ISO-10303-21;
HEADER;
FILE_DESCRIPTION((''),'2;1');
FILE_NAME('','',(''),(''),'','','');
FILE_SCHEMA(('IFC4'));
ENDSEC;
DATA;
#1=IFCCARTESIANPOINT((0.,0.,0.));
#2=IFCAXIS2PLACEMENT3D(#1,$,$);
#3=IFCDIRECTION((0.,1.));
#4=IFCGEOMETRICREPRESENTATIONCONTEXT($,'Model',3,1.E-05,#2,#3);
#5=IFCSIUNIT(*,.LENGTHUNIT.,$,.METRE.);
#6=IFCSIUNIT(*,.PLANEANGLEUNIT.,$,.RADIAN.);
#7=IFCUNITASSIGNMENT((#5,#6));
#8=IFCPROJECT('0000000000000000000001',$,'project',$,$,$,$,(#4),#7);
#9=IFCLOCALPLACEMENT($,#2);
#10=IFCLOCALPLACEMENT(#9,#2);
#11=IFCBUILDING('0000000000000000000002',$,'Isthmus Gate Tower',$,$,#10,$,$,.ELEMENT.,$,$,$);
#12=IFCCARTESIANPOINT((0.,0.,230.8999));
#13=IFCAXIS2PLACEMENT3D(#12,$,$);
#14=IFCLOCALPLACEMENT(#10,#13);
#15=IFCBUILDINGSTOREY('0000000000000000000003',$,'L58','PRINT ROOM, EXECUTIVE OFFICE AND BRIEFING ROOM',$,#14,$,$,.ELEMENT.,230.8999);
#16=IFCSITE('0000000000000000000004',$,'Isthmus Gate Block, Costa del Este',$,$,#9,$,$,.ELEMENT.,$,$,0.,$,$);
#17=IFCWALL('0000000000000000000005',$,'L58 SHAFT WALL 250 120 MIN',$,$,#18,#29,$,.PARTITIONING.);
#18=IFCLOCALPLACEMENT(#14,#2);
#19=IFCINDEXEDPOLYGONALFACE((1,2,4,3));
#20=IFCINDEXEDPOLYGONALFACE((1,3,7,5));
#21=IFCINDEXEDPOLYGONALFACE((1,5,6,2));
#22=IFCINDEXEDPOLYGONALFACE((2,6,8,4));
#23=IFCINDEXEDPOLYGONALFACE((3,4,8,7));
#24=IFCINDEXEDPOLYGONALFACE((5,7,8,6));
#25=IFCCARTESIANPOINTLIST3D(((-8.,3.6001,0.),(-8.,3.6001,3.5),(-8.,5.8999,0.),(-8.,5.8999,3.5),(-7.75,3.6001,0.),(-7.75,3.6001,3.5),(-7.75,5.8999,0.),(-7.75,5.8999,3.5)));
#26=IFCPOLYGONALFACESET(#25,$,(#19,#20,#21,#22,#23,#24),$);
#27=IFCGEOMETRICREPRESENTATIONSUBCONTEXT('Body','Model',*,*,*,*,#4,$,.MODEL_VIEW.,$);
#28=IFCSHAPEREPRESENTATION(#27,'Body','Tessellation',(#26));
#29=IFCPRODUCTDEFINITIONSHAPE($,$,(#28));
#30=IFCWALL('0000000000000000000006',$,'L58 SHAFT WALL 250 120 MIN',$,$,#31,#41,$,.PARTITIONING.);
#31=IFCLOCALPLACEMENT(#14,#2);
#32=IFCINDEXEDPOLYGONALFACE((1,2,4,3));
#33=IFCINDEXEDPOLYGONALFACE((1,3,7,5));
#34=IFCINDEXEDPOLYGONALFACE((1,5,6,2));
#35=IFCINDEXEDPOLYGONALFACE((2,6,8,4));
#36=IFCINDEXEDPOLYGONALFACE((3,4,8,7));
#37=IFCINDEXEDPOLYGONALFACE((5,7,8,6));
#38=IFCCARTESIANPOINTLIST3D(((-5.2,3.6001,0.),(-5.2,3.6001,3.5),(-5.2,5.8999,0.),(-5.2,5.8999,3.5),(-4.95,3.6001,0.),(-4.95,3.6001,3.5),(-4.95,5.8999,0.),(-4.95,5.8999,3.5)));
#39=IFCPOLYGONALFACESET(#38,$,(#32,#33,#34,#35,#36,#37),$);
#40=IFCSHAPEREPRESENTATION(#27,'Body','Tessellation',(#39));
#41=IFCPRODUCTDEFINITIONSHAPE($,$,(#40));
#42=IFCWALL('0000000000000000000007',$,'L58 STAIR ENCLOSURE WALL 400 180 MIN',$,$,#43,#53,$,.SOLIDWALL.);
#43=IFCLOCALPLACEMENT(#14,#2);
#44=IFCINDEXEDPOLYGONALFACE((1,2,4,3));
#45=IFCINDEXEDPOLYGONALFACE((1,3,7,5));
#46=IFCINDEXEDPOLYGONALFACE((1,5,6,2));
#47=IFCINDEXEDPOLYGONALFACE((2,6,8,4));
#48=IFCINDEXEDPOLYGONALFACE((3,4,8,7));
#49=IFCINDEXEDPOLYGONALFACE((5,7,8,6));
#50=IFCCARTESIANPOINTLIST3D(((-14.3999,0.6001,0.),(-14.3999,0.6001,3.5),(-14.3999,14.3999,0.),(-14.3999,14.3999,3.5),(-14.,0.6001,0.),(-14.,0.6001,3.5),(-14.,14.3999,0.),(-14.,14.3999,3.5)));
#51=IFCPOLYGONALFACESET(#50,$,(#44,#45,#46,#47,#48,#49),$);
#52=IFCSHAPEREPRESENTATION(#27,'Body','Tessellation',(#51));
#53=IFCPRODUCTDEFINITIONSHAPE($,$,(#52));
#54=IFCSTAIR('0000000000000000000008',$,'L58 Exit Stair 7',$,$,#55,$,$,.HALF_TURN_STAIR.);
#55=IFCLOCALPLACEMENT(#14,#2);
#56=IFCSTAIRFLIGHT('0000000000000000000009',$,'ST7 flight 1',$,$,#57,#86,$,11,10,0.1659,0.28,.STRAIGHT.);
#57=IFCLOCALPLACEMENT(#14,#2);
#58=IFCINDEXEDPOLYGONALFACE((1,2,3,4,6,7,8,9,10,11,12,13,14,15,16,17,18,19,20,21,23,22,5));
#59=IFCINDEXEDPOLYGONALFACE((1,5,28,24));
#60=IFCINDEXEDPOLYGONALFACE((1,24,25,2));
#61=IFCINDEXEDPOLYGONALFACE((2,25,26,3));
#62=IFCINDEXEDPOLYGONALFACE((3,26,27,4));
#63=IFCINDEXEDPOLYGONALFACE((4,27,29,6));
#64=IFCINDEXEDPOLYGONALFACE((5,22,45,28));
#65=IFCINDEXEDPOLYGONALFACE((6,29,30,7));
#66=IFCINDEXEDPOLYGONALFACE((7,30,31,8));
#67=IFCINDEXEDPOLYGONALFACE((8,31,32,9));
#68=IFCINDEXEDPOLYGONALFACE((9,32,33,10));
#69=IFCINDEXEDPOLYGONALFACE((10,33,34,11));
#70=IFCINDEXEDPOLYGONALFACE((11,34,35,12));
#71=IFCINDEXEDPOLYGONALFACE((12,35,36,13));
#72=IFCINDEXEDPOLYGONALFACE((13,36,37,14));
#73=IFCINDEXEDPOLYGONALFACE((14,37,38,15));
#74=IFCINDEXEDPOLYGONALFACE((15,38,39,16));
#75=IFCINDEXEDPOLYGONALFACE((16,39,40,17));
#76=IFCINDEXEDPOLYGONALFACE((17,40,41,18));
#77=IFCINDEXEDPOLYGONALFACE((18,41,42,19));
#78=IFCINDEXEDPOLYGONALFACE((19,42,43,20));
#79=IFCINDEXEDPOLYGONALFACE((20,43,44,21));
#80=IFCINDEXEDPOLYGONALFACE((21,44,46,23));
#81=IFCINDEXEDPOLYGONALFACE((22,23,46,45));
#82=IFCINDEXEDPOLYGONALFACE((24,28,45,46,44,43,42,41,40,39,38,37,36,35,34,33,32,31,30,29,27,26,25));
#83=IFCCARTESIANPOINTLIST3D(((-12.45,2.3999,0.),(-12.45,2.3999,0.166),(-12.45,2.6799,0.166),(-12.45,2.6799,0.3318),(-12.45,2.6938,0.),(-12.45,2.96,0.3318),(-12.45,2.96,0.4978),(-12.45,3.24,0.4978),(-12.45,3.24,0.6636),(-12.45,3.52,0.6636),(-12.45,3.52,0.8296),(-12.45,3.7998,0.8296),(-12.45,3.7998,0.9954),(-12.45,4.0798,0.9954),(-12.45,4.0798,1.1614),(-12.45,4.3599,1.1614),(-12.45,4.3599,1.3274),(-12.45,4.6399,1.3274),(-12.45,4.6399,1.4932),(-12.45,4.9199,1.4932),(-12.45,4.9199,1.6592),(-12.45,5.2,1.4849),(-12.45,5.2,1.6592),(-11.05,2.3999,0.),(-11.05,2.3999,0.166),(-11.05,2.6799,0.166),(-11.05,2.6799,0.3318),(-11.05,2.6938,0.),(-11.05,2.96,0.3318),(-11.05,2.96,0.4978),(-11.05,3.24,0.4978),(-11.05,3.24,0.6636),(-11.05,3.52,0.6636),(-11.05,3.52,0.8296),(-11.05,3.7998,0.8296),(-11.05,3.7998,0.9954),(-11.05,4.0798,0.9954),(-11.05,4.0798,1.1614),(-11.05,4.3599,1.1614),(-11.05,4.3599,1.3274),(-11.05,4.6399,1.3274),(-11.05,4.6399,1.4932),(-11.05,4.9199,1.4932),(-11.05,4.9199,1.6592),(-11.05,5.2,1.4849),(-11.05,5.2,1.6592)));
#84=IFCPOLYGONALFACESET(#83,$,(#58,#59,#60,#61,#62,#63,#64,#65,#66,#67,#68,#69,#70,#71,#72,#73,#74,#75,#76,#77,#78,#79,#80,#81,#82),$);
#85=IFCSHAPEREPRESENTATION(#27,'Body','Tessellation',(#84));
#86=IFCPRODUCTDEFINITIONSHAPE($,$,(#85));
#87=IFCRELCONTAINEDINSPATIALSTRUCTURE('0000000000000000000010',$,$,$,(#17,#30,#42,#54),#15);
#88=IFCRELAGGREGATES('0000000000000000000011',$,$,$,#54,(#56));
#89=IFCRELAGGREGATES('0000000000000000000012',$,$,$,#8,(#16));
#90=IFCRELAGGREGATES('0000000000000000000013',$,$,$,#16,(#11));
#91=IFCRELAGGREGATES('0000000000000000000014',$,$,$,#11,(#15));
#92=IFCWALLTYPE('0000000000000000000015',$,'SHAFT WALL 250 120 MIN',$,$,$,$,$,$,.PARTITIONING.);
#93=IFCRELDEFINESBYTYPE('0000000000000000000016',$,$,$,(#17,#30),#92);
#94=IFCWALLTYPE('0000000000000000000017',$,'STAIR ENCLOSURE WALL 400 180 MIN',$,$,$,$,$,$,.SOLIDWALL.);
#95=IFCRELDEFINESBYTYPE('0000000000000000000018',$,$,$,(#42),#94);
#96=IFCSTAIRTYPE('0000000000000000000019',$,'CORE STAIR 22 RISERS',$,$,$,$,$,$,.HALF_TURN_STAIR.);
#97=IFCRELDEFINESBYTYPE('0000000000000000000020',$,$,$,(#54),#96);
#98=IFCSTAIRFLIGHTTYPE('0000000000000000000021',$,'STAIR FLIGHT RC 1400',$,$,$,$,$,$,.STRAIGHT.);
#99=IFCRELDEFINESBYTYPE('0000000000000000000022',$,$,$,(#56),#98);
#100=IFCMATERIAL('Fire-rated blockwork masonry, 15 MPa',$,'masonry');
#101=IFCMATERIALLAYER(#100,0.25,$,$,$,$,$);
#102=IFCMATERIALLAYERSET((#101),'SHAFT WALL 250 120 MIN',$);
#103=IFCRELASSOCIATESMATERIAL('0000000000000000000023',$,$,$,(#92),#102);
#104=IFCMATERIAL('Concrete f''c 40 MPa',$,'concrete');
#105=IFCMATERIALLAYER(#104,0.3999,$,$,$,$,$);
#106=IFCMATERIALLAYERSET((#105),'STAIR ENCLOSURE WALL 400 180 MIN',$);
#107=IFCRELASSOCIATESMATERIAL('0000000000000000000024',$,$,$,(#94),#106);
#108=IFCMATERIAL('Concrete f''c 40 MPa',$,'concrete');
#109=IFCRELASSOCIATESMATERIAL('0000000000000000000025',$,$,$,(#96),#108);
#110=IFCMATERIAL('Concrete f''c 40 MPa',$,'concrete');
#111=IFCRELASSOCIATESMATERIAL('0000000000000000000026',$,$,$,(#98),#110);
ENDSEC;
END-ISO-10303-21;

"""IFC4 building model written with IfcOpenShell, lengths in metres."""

from ifc_helpers import new_model, si_unit, direction, frame, frame_2d, origin, place, context, subcontext, project, spatial, polyline, rectangle, outline, extrude, material, layer, layer_set, type_object, element, aggregate, save


model = new_model("IFC4")

# Units and contexts
model_context = context("Model", 3, precision=1e-05, world=origin(), true_north=direction((0.0, 1.0)))
body_context = subcontext(model_context, "Body", "Model", "MODEL_VIEW")
ifc_project = project(units=[si_unit("LENGTHUNIT", "METRE"), si_unit("PLANEANGLEUNIT", "RADIAN")], contexts=[model_context])

# Site, building, storey
site_placement = place(None, origin())
site = spatial("IfcSite", under=ifc_project, at=site_placement, Name="Isthmus Gate Block, Costa del Este", CompositionType="ELEMENT", RefElevation=0.0)
building_placement = place(site_placement, origin())
building = spatial("IfcBuilding", under=site, at=building_placement, Name="Isthmus Gate Tower", CompositionType="ELEMENT")
storey_placement = place(building_placement, frame((0.0, 0.0, 230.8999)))
storey = spatial("IfcBuildingStorey", under=building, at=storey_placement, Name="L58", Description="PRINT ROOM, EXECUTIVE OFFICE AND BRIEFING ROOM", CompositionType="ELEMENT", Elevation=230.8999)

# Walls
ifc_material_1 = material(Name="Fire-rated blockwork masonry, 15 MPa", Category="masonry")
ifc_layer_1 = layer(ifc_material_1, 0.25)
ifc_layer_set_1 = layer_set([ifc_layer_1], Name="SHAFT WALL 250 120 MIN")
wall_type_1 = type_object("IfcWallType", Name="SHAFT WALL 250 120 MIN", PredefinedType="PARTITIONING", material=ifc_layer_set_1)
for number, where, z_axis, x_axis, name in (
    (1, (-7.875, 3.6001, 0.0), (0.0, 0.0, 1.0), (0.0, 1.0, 0.0), "L58 SHAFT WALL 250 120 MIN"),
    (2, (-5.075, 3.6001, 0.0), (0.0, 0.0, 1.0), (0.0, 1.0, 0.0), "L58 SHAFT WALL 250 120 MIN"),
):
    element("IfcWall", number, at=place(storey_placement, frame(where, z_axis=z_axis, x_axis=x_axis)), inside=storey, type_object=wall_type_1, Name=name, PredefinedType="PARTITIONING", context=body_context, shape_type="SweptSolid", body=[
        extrude(rectangle(XDim=2.2998, YDim=0.25, at=frame_2d((1.1499, 0.0))), origin(), (0.0, 0.0, 1.0), 3.5),
    ])
ifc_material_2 = material(Name="Concrete f'c 40 MPa", Category="concrete")
ifc_layer_2 = layer(ifc_material_2, 0.3999)
ifc_layer_set_2 = layer_set([ifc_layer_2], Name="STAIR ENCLOSURE WALL 400 180 MIN")
wall_type_2 = type_object("IfcWallType", Name="STAIR ENCLOSURE WALL 400 180 MIN", PredefinedType="SOLIDWALL", material=ifc_layer_set_2)
wall_1_placement = place(storey_placement, frame((-14.2, 0.6001, 0.0), z_axis=(0.0, 0.0, 1.0), x_axis=(0.0, 1.0, 0.0)))
element("IfcWall", 3, at=wall_1_placement, inside=storey, type_object=wall_type_2, Name="L58 STAIR ENCLOSURE WALL 400 180 MIN", PredefinedType="SOLIDWALL", context=body_context, shape_type="SweptSolid", body=[
    extrude(rectangle(XDim=13.7998, YDim=0.3999, at=frame_2d((6.8999, 0.0))), origin(), (0.0, 0.0, 1.0), 3.5),
])

# Stair, stair flight
ifc_material_3 = material(Name="Concrete f'c 40 MPa", Category="concrete")
stair_type = type_object("IfcStairType", Name="CORE STAIR 22 RISERS", PredefinedType="HALF_TURN_STAIR", material=ifc_material_3)
stair_placement = place(storey_placement, origin())
stair = element("IfcStair", 4, at=stair_placement, inside=storey, type_object=stair_type, Name="L58 Exit Stair 7", PredefinedType="HALF_TURN_STAIR")
ifc_material_4 = material(Name="Concrete f'c 40 MPa", Category="concrete")
stair_flight_type = type_object("IfcStairFlightType", Name="STAIR FLIGHT RC 1400", PredefinedType="STRAIGHT", material=ifc_material_4)
stair_flight_placement = place(storey_placement, frame((-11.75, 2.3999, 0.0), z_axis=(0.0, 0.0, 1.0), x_axis=(0.0, 1.0, 0.0)))
stair_flight = element("IfcStairFlight", 5, at=stair_flight_placement, type_object=stair_flight_type, Name="ST7 flight 1", NumberOfRisers=11, NumberOfTreads=10, PredefinedType="STRAIGHT", RiserHeight=0.1659, TreadLength=0.28, context=body_context, shape_type="SweptSolid", body=[
    extrude(outline(polyline([(0.0, 0.0), (0.0, 0.166), (0.28, 0.166), (0.28, 0.3318), (0.5601, 0.3318), (0.5601, 0.4978), (0.8401, 0.4978), (0.8401, 0.6636), (1.1201, 0.6636), (1.1201, 0.8296), (1.3999, 0.8296), (1.3999, 0.9954), (1.6799, 0.9954), (1.6799, 1.1614), (1.96, 1.1614), (1.96, 1.3274), (2.24, 1.3274), (2.24, 1.4932), (2.52, 1.4932), (2.52, 1.6592), (2.8, 1.6592), (2.8, 1.825), (2.8, 1.4849), (0.2939, 0.0), (0.0, 0.0)])), frame((0.0, 0.7, 0.0), z_axis=(0.0, -1.0, 0.0), x_axis=(1.0, 0.0, 0.0)), (0.0, 0.0, 1.0), 1.3999),
])
aggregate(stair, [stair_flight])

save(model, "model.ifc")
